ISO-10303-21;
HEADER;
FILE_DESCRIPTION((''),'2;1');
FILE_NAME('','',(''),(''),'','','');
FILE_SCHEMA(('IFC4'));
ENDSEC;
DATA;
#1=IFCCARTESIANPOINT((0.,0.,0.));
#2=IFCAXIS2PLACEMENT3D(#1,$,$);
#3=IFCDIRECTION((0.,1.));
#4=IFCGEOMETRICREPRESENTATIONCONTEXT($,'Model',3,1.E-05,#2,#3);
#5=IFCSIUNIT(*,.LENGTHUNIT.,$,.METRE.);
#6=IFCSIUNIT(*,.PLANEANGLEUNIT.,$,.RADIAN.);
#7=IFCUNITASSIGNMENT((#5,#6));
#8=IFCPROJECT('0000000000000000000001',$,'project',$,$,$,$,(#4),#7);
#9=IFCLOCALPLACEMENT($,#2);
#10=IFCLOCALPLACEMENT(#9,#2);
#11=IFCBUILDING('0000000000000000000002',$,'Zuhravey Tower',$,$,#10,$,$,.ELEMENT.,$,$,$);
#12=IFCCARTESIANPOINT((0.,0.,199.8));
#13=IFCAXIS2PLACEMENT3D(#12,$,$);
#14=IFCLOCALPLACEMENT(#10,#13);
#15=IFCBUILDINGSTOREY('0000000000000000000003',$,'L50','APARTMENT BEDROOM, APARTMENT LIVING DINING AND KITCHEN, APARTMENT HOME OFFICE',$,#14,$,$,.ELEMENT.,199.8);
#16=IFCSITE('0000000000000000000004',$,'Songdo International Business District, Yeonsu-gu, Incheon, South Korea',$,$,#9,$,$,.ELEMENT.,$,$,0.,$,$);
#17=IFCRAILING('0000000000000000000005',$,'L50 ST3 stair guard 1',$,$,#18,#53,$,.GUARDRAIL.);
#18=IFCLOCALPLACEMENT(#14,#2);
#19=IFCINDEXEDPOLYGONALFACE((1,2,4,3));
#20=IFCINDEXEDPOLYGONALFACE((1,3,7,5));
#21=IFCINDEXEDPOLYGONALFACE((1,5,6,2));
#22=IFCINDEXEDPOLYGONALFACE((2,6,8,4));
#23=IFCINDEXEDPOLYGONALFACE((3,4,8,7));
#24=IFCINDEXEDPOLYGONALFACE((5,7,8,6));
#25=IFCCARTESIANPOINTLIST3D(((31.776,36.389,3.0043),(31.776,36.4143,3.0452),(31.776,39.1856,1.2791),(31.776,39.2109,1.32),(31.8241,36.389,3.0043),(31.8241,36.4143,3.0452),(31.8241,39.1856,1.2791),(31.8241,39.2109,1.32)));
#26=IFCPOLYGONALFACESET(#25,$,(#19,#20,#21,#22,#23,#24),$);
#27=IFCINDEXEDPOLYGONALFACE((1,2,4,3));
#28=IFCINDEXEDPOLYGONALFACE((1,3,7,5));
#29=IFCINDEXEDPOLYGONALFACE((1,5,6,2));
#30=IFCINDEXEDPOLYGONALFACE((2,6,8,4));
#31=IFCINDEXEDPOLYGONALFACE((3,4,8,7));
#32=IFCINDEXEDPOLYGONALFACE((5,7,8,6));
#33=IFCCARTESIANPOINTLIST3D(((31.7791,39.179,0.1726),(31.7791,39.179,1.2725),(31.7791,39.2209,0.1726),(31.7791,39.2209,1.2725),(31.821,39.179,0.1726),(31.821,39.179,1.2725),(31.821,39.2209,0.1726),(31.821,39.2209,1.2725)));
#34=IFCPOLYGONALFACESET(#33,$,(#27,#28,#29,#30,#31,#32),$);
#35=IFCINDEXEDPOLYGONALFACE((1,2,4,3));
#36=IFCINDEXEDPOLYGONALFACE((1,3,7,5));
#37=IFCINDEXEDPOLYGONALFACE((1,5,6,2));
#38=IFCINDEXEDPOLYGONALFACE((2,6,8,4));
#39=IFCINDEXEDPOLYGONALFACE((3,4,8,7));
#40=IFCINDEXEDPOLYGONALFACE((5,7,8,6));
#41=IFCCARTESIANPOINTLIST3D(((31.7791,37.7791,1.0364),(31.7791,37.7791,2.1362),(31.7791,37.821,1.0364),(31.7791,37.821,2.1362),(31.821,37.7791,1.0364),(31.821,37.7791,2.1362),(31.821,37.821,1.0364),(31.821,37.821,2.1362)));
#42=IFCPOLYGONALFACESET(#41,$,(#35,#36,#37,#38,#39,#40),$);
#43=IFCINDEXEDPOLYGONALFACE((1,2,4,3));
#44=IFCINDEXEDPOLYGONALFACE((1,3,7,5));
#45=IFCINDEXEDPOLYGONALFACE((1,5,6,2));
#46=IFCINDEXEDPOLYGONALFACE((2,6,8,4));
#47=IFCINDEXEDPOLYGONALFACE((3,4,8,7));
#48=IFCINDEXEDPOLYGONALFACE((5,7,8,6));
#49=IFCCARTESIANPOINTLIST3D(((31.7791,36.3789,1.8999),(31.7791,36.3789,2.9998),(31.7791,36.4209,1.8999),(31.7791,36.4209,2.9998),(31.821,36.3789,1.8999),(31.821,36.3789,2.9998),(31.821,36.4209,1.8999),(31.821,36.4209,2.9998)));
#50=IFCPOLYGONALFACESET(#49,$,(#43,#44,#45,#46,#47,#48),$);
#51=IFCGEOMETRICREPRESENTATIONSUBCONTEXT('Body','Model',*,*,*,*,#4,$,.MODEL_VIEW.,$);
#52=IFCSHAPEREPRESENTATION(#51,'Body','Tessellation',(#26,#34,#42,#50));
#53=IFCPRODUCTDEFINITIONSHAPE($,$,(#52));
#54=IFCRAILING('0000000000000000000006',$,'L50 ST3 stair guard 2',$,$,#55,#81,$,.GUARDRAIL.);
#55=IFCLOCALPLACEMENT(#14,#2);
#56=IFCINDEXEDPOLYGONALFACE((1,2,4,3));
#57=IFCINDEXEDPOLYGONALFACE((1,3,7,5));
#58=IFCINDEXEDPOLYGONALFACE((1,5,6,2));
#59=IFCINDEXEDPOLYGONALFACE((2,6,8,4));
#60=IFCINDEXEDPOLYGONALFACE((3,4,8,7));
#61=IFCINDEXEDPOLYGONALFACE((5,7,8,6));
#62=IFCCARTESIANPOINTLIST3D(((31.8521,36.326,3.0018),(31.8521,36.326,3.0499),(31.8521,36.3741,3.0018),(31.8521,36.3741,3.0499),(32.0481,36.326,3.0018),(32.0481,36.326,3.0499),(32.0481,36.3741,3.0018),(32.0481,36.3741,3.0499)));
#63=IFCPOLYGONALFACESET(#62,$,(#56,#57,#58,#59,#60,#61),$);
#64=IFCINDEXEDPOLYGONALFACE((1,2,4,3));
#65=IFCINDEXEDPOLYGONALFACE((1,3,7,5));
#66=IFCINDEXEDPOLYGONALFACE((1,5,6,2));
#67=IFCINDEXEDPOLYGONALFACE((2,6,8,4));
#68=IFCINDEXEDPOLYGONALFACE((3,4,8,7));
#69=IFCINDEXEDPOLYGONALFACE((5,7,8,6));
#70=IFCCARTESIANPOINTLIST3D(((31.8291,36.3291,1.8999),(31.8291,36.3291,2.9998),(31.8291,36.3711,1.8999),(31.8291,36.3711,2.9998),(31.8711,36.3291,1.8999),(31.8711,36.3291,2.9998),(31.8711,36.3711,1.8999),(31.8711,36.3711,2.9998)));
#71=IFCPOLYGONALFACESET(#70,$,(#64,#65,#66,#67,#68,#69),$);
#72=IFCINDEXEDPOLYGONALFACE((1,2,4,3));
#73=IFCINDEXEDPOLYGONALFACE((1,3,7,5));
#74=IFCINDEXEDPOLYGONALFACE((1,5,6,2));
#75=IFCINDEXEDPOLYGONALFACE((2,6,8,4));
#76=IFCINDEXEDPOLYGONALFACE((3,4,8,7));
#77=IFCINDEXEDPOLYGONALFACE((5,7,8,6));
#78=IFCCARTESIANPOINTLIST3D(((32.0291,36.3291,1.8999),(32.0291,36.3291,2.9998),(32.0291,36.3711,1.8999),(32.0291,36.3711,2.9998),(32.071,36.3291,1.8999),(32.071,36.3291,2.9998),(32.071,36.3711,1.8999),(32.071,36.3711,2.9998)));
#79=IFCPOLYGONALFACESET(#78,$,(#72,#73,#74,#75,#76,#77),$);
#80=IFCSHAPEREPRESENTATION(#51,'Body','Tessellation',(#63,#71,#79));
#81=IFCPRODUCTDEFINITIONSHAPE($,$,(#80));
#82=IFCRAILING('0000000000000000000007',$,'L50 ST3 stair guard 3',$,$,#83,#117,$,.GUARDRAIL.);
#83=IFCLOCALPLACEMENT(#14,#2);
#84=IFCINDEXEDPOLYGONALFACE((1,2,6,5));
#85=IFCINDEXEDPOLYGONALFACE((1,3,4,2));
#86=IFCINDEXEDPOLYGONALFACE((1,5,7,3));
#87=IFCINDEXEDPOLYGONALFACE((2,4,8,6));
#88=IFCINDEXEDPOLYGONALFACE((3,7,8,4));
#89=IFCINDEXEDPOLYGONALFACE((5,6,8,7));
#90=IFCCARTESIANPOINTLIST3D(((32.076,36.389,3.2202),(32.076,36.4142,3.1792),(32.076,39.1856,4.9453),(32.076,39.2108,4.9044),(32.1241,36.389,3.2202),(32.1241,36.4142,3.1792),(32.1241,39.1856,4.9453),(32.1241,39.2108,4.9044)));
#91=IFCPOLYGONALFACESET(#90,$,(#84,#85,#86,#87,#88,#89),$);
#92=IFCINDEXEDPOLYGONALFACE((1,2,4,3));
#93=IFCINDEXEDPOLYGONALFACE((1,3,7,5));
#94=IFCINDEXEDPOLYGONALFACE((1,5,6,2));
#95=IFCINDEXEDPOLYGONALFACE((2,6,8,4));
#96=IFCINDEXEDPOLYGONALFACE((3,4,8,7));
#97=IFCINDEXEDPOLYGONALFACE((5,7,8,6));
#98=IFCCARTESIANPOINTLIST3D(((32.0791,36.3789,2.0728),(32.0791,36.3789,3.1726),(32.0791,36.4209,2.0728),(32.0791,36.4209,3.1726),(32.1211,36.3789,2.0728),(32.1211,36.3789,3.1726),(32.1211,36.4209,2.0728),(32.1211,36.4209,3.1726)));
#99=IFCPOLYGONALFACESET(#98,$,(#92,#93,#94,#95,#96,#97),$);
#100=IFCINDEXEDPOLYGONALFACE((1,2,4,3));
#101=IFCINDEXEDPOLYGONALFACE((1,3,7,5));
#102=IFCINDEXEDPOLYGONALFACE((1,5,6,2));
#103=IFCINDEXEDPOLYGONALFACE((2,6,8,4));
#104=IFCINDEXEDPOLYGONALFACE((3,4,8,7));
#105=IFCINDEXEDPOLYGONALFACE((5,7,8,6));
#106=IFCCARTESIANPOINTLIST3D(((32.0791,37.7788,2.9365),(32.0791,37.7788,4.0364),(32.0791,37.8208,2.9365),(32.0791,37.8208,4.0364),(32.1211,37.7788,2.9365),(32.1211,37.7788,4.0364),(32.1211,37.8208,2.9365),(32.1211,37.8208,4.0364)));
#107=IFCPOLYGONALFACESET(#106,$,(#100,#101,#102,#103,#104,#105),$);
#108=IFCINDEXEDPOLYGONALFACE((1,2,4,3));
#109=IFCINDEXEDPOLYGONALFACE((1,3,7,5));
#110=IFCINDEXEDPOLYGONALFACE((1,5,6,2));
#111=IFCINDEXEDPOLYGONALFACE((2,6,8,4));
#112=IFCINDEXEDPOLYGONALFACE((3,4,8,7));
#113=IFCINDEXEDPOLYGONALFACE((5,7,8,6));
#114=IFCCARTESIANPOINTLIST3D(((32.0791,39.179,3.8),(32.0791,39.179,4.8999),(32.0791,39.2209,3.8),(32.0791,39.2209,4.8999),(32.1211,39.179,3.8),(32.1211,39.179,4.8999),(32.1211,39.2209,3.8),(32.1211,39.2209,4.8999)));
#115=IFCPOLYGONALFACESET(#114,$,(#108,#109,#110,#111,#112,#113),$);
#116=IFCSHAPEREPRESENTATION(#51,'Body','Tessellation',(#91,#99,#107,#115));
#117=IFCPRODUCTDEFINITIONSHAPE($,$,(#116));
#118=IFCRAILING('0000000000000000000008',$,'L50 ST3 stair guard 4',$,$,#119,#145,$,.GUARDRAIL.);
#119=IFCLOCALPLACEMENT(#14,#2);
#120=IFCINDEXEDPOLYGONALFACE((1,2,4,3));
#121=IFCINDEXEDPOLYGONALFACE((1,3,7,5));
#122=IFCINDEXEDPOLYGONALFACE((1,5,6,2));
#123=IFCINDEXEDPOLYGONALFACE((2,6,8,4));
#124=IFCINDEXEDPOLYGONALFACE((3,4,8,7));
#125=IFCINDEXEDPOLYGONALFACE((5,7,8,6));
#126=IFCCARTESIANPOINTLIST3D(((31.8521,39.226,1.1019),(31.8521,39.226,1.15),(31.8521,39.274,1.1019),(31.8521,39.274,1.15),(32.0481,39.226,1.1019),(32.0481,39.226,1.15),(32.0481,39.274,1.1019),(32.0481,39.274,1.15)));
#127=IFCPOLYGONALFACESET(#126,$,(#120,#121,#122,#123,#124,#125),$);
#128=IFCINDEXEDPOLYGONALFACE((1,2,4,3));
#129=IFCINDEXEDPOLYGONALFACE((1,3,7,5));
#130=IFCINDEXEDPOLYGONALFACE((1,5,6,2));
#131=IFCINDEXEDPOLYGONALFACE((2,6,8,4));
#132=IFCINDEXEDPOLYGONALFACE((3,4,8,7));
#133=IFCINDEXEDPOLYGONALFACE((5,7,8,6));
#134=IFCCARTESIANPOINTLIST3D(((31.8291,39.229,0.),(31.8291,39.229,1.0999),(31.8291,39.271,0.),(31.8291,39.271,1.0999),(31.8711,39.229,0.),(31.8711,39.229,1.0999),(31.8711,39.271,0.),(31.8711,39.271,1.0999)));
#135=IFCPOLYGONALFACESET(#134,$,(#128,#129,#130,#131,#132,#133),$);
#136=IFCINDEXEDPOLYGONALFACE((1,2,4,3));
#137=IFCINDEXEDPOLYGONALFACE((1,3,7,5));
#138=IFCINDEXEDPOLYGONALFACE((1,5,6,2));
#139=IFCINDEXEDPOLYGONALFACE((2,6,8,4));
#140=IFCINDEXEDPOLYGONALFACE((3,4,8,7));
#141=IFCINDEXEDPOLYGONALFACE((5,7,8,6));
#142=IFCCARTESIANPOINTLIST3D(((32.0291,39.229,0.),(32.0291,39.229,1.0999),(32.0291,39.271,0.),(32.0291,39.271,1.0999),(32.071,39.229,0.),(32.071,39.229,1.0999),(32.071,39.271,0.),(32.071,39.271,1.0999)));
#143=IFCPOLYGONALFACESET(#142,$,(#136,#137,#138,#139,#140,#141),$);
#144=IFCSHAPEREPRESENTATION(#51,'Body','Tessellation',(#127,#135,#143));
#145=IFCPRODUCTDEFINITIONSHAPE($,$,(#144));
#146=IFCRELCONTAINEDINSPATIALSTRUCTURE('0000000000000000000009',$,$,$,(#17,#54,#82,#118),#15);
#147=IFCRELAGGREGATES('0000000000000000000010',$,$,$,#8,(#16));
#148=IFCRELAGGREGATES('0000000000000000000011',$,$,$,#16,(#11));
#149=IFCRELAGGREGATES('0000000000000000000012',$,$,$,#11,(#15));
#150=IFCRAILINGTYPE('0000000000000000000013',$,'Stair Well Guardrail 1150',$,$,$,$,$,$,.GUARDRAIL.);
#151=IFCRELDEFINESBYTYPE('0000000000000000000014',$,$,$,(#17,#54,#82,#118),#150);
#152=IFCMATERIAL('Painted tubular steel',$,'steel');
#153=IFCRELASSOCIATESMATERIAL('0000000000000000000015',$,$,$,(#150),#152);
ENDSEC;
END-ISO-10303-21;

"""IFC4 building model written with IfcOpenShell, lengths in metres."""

from ifc_helpers import new_model, si_unit, direction, frame, origin, origin_2d, place, context, subcontext, project, spatial, rectangle, extrude, material, type_object, element, save


model = new_model("IFC4")

# Units and contexts
model_context = context("Model", 3, precision=1e-05, world=origin(), true_north=direction((0.0, 1.0)))
body_context = subcontext(model_context, "Body", "Model", "MODEL_VIEW")
ifc_project = project(units=[si_unit("LENGTHUNIT", "METRE"), si_unit("PLANEANGLEUNIT", "RADIAN")], contexts=[model_context])

# Site, building, storey
site_placement = place(None, origin())
site = spatial("IfcSite", under=ifc_project, at=site_placement, Name="Songdo International Business District, Yeonsu-gu, Incheon, South Korea", CompositionType="ELEMENT", RefElevation=0.0)
building_placement = place(site_placement, origin())
building = spatial("IfcBuilding", under=site, at=building_placement, Name="Zuhravey Tower", CompositionType="ELEMENT")
storey_placement = place(building_placement, frame((0.0, 0.0, 199.8)))
storey = spatial("IfcBuildingStorey", under=building, at=storey_placement, Name="L50", Description="APARTMENT BEDROOM, APARTMENT LIVING DINING AND KITCHEN, APARTMENT HOME OFFICE", CompositionType="ELEMENT", Elevation=199.8)

# Railings
ifc_material_1 = material(Name="Painted tubular steel", Category="steel")
railing_type_1 = type_object("IfcRailingType", Name="Stair Well Guardrail 1150", PredefinedType="GUARDRAIL", material=ifc_material_1)
railing_1_placement = place(storey_placement, frame((31.8, 39.2, 0.1726)))
element("IfcRailing", 1, at=railing_1_placement, inside=storey, type_object=railing_type_1, Name="L50 ST3 stair guard 1", PredefinedType="GUARDRAIL", context=body_context, shape_type="SweptSolid", body=[
    extrude(rectangle(XDim=0.0481, YDim=0.0481, at=origin_2d()), frame((0.0, -0.0017, 1.127), z_axis=(0.0, -0.85109, 0.52502), x_axis=(1.0, 0.0, 0.0)), (0.0, 0.0, 1.0), 3.2859),
    extrude(rectangle(XDim=0.042, YDim=0.042, at=origin_2d()), origin(), (0.0, 0.0, 1.0), 1.0999),
    extrude(rectangle(XDim=0.042, YDim=0.042, at=origin_2d()), frame((0.0, -1.3999, 0.8638)), (0.0, 0.0, 1.0), 1.0999),
    extrude(rectangle(XDim=0.042, YDim=0.042, at=origin_2d()), frame((0.0, -2.8, 1.7273)), (0.0, 0.0, 1.0), 1.0999),
])
railing_2_placement = place(storey_placement, frame((31.8501, 36.3501, 1.8999)))
element("IfcRailing", 2, at=railing_2_placement, inside=storey, type_object=railing_type_1, Name="L50 ST3 stair guard 2", PredefinedType="GUARDRAIL", context=body_context, shape_type="SweptSolid", body=[
    extrude(rectangle(XDim=0.0481, YDim=0.0481, at=origin_2d()), frame((0.002, 0.0, 1.126), z_axis=(1.0, 0.0, 0.0), x_axis=(0.0, 1.0, 0.0)), (0.0, 0.0, 1.0), 0.196),
    extrude(rectangle(XDim=0.042, YDim=0.042, at=origin_2d()), origin(), (0.0, 0.0, 1.0), 1.0999),
    extrude(rectangle(XDim=0.042, YDim=0.042, at=origin_2d()), frame((0.2, 0.0, 0.0)), (0.0, 0.0, 1.0), 1.0999),
])
railing_3_placement = place(storey_placement, frame((32.1001, 36.3999, 2.0728)))
element("IfcRailing", 3, at=railing_3_placement, inside=storey, type_object=railing_type_1, Name="L50 ST3 stair guard 3", PredefinedType="GUARDRAIL", context=body_context, shape_type="SweptSolid", body=[
    extrude(rectangle(XDim=0.0481, YDim=0.0481, at=origin_2d()), frame((0.0, 0.0017, 1.127), z_axis=(0.0, 0.85109, 0.52502), x_axis=(-1.0, 0.0, 0.0)), (0.0, 0.0, 1.0), 3.2859),
    extrude(rectangle(XDim=0.042, YDim=0.042, at=origin_2d()), origin(), (0.0, 0.0, 1.0), 1.0999),
    extrude(rectangle(XDim=0.042, YDim=0.042, at=origin_2d()), frame((0.0, 1.3999, 0.8638)), (0.0, 0.0, 1.0), 1.0999),
    extrude(rectangle(XDim=0.042, YDim=0.042, at=origin_2d()), frame((0.0, 2.8, 1.7273)), (0.0, 0.0, 1.0), 1.0999),
])
railing_4_placement = place(storey_placement, frame((31.8501, 39.25, 0.0)))
element("IfcRailing", 4, at=railing_4_placement, inside=storey, type_object=railing_type_1, Name="L50 ST3 stair guard 4", PredefinedType="GUARDRAIL", context=body_context, shape_type="SweptSolid", body=[
    extrude(rectangle(XDim=0.0481, YDim=0.0481, at=origin_2d()), frame((0.002, 0.0, 1.126), z_axis=(1.0, 0.0, 0.0), x_axis=(0.0, 1.0, 0.0)), (0.0, 0.0, 1.0), 0.196),
    extrude(rectangle(XDim=0.042, YDim=0.042, at=origin_2d()), origin(), (0.0, 0.0, 1.0), 1.0999),
    extrude(rectangle(XDim=0.042, YDim=0.042, at=origin_2d()), frame((0.2, 0.0, 0.0)), (0.0, 0.0, 1.0), 1.0999),
])

save(model, "model.ifc")
